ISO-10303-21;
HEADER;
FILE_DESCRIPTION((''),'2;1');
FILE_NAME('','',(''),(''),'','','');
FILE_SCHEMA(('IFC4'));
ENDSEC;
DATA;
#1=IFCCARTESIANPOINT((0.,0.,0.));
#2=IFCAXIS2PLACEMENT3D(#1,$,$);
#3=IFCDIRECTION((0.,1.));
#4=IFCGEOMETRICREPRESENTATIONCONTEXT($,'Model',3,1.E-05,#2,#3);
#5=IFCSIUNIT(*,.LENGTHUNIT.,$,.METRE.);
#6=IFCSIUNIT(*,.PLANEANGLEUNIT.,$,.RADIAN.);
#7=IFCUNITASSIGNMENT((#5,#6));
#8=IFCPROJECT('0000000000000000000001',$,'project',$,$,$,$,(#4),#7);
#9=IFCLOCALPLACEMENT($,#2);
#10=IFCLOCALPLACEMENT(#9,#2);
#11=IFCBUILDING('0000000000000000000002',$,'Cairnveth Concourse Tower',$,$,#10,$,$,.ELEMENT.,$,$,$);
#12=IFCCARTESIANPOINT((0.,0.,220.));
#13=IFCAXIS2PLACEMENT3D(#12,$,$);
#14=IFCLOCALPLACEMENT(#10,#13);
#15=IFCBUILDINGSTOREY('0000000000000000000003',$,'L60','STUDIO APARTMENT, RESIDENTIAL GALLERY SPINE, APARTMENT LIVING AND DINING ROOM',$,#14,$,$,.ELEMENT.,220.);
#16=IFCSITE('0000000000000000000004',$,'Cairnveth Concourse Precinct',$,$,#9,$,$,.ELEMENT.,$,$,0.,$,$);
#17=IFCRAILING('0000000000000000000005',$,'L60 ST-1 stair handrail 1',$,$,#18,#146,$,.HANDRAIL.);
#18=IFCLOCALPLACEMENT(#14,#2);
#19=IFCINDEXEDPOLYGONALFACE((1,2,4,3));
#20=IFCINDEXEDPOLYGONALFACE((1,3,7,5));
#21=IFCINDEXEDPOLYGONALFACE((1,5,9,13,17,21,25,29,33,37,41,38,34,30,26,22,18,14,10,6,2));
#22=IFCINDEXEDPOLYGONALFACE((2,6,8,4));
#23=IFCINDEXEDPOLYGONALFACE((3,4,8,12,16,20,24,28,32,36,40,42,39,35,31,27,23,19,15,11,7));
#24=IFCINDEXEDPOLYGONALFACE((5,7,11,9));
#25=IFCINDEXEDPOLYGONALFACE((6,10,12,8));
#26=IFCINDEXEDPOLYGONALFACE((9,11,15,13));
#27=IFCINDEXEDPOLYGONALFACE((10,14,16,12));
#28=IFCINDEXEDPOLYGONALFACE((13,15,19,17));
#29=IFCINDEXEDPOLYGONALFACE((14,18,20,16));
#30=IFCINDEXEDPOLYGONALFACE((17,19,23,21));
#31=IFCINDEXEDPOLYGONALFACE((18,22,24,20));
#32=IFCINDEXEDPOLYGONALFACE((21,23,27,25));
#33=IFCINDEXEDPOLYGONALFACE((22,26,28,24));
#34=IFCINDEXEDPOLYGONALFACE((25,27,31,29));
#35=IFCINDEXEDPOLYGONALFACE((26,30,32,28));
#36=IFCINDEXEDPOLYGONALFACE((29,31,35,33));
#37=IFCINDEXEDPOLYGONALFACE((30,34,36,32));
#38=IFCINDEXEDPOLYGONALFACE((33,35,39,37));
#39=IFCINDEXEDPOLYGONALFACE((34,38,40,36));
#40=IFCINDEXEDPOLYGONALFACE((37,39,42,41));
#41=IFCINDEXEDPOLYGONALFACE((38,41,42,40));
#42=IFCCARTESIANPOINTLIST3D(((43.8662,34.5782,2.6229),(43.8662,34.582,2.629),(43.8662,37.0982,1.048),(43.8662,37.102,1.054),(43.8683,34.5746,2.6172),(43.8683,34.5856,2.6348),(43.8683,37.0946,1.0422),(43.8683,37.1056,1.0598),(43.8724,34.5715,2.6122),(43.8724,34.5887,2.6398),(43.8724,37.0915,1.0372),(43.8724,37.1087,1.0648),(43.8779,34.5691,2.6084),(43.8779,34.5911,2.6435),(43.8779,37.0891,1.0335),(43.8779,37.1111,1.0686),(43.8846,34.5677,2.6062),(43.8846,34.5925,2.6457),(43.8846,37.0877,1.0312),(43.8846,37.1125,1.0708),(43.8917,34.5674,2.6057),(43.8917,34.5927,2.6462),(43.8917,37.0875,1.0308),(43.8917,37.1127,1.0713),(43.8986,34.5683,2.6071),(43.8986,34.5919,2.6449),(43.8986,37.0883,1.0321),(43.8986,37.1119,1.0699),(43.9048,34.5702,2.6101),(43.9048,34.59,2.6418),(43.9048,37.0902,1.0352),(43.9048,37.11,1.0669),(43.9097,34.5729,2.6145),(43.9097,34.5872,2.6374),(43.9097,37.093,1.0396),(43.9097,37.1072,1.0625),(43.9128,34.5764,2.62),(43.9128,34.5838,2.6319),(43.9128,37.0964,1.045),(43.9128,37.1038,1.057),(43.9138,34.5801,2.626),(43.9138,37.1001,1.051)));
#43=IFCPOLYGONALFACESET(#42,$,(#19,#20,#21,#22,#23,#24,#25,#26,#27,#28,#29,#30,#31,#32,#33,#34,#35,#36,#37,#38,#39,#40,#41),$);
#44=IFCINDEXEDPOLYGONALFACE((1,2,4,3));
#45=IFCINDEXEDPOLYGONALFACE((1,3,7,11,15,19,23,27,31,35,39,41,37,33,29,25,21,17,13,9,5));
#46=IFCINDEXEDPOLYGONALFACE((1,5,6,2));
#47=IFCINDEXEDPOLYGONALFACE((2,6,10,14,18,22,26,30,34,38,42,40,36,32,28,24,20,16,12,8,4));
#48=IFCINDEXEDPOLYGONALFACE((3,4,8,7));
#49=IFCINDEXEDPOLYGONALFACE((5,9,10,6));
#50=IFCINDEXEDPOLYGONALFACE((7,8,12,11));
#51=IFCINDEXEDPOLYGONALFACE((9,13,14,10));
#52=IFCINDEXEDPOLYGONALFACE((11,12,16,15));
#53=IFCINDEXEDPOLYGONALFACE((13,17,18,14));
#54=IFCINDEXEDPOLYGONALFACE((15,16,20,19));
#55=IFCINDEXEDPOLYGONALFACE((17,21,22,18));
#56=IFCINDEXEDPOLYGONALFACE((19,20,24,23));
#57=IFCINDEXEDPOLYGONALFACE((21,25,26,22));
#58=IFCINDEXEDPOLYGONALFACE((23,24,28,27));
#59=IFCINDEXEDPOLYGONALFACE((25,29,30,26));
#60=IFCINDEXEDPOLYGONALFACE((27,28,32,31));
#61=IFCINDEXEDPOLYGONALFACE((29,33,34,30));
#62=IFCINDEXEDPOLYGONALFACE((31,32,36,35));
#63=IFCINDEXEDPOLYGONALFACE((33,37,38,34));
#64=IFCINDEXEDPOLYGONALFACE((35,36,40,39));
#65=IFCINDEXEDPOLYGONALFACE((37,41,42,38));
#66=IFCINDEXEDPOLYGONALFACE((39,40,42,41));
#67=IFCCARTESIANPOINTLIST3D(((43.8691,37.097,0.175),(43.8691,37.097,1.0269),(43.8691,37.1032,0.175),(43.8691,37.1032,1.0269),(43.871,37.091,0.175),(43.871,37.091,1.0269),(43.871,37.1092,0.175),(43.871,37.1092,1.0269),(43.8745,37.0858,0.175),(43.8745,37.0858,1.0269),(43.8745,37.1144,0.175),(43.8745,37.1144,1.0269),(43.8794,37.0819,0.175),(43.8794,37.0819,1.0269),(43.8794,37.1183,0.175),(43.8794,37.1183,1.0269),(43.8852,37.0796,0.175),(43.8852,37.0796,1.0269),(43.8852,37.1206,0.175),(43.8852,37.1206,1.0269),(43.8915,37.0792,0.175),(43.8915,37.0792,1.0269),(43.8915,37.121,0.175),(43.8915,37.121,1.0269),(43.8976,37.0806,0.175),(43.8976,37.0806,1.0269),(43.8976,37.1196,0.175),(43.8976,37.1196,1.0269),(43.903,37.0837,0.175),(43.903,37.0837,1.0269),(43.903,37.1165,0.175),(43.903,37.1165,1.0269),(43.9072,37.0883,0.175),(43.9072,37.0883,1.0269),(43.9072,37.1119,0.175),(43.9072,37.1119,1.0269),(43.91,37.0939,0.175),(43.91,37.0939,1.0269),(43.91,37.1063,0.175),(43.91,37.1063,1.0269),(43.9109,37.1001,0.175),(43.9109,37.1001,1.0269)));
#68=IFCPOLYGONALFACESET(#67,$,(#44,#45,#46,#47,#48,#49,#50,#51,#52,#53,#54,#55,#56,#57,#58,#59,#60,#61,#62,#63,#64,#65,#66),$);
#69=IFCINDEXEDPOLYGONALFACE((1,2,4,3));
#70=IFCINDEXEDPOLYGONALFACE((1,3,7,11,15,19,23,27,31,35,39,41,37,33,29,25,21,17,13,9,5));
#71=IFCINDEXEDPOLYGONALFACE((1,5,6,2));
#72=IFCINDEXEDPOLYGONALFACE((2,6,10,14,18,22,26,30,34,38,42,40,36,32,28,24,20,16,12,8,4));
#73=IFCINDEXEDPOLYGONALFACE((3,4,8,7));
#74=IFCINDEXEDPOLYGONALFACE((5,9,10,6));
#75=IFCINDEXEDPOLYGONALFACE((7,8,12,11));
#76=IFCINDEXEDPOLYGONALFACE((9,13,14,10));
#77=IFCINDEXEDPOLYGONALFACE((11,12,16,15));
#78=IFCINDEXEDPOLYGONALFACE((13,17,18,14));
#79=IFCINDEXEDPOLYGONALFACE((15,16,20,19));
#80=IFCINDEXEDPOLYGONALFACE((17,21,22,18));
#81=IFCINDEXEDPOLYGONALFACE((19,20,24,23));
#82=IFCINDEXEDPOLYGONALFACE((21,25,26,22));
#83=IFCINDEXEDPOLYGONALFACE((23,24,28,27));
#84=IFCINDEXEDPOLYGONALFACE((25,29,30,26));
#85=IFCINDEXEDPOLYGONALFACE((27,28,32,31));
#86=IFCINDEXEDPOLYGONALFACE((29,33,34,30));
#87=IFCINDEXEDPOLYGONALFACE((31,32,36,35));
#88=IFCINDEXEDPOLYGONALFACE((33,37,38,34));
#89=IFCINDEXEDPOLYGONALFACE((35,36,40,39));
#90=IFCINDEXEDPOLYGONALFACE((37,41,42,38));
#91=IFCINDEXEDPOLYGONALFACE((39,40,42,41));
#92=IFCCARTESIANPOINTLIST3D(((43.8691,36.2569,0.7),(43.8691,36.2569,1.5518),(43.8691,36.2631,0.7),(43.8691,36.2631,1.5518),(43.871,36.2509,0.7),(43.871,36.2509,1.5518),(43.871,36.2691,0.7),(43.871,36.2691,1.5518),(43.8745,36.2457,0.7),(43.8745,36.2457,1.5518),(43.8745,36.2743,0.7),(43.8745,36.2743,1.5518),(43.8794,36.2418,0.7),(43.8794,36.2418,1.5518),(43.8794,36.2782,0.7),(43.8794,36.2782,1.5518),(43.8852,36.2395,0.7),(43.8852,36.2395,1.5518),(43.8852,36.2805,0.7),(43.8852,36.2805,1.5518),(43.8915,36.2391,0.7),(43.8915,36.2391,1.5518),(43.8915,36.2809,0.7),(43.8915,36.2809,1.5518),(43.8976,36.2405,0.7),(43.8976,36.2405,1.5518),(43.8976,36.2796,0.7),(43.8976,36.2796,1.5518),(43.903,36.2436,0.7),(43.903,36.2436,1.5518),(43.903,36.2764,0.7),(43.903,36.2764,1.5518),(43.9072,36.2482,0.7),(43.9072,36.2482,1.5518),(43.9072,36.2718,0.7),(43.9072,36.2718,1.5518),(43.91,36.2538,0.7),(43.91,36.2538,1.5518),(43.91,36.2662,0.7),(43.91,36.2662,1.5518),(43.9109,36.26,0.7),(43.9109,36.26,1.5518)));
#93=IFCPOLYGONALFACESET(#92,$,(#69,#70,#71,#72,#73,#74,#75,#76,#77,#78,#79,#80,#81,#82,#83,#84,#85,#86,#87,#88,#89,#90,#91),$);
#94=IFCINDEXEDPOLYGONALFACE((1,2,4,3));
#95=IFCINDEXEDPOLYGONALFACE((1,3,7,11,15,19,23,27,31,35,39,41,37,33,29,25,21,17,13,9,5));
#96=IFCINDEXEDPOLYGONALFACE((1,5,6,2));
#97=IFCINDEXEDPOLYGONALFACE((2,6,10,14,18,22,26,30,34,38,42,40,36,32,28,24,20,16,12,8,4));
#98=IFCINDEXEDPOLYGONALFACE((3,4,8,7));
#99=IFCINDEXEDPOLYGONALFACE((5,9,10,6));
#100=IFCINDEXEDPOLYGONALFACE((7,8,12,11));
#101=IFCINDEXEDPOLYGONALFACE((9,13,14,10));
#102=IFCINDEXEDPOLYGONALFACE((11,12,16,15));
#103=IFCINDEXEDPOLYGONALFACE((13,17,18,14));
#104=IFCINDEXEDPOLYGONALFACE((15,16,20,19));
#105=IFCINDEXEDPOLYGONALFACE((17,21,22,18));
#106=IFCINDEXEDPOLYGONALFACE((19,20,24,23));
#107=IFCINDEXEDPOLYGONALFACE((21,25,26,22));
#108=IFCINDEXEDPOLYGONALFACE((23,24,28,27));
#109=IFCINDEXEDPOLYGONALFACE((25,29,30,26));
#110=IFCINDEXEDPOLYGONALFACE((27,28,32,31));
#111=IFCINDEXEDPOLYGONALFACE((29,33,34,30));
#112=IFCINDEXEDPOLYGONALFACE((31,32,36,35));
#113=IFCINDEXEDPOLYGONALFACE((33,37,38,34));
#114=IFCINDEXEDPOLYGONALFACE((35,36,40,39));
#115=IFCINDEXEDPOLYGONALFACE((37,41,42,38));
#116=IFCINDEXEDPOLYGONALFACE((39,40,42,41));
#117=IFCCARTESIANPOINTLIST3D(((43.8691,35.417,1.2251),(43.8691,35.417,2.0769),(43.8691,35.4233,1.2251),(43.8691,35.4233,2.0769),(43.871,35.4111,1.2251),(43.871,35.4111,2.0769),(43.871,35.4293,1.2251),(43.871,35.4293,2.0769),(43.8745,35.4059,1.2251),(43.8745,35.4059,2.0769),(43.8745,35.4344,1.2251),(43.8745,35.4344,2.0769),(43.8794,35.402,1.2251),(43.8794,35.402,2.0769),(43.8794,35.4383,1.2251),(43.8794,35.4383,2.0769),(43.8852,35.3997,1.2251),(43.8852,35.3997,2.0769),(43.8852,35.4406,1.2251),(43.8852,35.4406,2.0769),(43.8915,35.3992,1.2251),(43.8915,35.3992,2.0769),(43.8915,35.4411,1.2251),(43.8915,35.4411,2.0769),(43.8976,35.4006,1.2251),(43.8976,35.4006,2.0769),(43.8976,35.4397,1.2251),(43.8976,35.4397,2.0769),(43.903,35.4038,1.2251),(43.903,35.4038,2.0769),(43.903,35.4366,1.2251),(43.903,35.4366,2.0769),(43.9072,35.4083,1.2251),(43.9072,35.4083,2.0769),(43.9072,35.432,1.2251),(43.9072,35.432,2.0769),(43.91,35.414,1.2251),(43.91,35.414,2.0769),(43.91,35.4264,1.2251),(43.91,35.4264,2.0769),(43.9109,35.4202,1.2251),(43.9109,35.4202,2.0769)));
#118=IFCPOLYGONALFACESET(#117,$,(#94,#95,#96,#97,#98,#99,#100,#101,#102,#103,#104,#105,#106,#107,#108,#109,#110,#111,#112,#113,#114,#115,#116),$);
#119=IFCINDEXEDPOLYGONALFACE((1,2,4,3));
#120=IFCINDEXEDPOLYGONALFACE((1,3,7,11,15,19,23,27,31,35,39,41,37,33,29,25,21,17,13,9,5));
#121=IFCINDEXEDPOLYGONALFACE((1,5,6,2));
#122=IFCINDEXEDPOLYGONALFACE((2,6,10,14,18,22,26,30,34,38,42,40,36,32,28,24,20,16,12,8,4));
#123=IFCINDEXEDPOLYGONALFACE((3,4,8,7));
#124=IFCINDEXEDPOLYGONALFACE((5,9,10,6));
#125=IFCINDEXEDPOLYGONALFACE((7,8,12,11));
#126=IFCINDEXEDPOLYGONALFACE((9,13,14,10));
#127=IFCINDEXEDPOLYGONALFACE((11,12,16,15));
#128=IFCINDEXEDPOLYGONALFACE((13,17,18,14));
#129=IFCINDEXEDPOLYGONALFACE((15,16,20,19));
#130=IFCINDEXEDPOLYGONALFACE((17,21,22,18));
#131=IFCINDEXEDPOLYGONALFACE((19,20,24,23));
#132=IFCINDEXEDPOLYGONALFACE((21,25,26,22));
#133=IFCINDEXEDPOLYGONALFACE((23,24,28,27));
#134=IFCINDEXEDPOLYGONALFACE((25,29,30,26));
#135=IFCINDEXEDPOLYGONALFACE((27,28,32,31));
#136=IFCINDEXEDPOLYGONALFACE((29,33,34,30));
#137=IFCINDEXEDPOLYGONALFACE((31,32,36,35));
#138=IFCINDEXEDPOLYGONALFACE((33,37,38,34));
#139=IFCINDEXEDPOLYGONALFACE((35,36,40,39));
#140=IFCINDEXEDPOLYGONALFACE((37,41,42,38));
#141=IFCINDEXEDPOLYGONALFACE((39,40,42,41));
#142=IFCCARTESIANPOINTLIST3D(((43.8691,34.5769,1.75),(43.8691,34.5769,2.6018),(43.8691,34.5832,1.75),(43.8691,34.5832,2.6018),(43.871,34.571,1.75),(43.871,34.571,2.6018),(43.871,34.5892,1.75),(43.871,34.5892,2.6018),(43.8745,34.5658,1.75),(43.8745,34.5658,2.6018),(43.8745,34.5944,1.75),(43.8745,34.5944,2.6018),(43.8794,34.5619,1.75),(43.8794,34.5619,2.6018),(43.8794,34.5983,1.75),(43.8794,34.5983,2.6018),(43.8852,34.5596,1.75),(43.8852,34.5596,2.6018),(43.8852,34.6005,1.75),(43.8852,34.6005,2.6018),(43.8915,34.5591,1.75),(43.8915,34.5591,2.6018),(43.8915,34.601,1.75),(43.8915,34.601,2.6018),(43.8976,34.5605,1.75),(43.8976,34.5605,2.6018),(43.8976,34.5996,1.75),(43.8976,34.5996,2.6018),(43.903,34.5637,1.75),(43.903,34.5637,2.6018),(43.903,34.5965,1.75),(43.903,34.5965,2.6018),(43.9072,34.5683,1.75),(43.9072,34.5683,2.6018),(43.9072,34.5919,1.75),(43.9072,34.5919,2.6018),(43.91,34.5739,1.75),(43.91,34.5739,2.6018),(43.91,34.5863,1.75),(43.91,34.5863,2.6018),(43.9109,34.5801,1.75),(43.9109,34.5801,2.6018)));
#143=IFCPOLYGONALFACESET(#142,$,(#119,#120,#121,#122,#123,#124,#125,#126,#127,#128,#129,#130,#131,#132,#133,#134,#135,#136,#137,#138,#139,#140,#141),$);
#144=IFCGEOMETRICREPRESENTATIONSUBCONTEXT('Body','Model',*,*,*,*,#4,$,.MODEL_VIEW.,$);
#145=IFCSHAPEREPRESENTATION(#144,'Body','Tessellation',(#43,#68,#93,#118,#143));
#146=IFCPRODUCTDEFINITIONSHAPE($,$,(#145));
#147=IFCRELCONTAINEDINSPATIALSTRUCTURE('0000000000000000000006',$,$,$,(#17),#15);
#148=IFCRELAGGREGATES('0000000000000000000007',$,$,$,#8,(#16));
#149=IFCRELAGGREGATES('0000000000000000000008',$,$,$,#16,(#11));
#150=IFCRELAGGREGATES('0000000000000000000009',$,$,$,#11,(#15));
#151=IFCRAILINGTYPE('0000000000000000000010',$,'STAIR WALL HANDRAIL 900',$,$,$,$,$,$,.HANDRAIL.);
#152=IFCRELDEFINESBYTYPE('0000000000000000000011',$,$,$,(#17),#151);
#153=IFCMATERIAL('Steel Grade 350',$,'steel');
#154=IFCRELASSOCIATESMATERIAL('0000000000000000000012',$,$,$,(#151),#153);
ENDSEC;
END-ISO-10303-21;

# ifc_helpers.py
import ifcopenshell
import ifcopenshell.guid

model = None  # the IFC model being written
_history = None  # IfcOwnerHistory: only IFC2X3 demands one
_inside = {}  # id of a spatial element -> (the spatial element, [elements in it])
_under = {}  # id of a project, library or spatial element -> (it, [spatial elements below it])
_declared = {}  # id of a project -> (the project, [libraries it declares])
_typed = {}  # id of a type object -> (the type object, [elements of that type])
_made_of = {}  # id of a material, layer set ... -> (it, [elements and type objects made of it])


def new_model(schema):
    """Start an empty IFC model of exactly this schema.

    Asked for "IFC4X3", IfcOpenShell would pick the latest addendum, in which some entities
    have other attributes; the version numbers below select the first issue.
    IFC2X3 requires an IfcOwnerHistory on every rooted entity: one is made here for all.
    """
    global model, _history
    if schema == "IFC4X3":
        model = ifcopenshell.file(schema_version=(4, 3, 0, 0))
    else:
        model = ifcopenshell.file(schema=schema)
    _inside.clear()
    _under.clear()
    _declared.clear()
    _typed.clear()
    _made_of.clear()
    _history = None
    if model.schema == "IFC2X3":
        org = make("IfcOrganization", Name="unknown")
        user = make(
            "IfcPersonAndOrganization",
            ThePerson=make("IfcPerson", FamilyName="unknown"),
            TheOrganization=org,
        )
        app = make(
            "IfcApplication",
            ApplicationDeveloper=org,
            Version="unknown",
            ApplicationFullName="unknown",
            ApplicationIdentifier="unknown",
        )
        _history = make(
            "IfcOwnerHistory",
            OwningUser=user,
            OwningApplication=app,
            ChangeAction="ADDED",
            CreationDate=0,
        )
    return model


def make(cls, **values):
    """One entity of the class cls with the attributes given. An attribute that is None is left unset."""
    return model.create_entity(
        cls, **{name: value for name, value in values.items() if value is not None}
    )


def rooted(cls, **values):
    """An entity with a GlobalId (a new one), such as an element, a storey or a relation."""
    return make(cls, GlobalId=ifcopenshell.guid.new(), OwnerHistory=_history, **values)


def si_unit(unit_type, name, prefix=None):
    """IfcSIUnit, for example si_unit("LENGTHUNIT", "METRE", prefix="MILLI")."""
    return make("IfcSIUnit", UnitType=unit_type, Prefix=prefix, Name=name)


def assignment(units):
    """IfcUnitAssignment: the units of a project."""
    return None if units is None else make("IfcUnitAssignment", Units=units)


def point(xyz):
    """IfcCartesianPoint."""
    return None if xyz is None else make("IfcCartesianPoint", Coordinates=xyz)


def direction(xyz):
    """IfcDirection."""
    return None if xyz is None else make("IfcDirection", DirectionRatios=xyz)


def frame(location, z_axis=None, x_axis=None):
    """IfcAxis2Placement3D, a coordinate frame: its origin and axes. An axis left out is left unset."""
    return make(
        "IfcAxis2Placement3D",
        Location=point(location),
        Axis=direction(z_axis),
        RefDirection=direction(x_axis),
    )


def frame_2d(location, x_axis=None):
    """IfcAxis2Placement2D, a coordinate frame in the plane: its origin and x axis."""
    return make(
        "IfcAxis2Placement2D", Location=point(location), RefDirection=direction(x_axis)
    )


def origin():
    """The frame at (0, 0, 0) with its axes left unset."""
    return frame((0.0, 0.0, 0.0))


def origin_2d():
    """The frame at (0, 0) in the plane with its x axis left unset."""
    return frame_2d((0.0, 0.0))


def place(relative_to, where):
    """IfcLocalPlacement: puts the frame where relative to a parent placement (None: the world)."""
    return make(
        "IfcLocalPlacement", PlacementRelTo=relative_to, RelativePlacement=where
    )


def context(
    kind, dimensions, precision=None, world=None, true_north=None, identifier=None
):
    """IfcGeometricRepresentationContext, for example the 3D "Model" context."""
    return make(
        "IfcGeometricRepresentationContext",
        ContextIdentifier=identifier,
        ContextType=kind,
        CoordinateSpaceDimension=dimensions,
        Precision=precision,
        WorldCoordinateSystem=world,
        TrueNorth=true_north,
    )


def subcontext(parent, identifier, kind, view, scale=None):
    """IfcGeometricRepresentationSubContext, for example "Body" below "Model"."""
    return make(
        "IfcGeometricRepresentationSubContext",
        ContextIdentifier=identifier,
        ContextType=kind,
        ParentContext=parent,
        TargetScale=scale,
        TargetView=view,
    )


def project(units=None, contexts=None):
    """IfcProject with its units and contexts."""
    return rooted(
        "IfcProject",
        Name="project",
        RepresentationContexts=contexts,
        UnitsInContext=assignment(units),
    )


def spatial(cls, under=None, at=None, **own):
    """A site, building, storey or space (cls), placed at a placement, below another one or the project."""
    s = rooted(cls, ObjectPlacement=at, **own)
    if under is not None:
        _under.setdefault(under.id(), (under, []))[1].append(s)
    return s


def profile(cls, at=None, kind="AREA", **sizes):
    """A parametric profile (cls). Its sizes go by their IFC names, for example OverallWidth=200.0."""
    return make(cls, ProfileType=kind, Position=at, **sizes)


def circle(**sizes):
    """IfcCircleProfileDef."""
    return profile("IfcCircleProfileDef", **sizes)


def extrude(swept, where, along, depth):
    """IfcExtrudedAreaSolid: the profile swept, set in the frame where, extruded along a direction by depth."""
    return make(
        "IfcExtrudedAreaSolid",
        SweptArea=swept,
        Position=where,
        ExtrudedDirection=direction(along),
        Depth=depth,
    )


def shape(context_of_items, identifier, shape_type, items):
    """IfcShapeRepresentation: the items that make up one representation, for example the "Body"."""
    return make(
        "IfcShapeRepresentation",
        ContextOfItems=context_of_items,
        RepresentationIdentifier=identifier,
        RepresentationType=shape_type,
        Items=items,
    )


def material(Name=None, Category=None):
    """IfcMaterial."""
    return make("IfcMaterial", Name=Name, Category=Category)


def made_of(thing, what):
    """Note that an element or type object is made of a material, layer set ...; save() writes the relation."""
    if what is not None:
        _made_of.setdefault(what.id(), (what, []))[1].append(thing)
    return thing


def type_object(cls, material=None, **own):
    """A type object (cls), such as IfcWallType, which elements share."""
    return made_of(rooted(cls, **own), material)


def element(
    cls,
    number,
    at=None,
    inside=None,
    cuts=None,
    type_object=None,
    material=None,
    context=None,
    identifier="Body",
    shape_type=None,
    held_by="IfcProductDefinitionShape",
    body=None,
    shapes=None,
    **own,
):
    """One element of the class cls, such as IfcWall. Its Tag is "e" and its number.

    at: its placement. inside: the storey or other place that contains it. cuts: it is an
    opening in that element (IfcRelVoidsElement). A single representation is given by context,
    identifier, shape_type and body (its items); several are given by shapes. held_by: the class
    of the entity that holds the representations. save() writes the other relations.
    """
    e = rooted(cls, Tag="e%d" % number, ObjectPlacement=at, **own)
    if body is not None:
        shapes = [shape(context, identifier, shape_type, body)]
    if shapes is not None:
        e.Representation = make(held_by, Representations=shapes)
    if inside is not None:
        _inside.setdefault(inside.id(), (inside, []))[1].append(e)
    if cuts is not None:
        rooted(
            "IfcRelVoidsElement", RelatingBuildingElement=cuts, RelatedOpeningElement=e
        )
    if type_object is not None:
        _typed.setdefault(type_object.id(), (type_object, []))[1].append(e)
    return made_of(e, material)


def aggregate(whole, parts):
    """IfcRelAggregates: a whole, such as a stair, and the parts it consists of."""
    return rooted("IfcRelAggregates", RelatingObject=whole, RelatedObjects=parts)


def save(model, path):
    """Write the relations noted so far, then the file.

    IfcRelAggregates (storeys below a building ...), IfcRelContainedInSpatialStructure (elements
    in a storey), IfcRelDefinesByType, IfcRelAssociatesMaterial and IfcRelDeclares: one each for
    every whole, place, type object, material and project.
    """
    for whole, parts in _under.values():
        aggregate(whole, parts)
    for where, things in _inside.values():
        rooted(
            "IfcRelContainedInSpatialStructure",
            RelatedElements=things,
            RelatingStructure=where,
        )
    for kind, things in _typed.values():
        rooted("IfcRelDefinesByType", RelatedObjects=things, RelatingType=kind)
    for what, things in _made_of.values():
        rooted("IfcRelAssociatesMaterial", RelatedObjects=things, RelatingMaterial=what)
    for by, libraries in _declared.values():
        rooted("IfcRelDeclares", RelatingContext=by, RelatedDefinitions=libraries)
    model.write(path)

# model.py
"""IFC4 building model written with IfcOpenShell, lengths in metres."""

from ifc_helpers import new_model, si_unit, direction, frame, origin, origin_2d, place, context, subcontext, project, spatial, circle, extrude, material, type_object, element, save


model = new_model("IFC4")

# Units and contexts
model_context = context("Model", 3, precision=1e-05, world=origin(), true_north=direction((0.0, 1.0)))
body_context = subcontext(model_context, "Body", "Model", "MODEL_VIEW")
ifc_project = project(units=[si_unit("LENGTHUNIT", "METRE"), si_unit("PLANEANGLEUNIT", "RADIAN")], contexts=[model_context])

# Site, building, storey
site_placement = place(None, origin())
site = spatial("IfcSite", under=ifc_project, at=site_placement, Name="Cairnveth Concourse Precinct", CompositionType="ELEMENT", RefElevation=0.0)
building_placement = place(site_placement, origin())
building = spatial("IfcBuilding", under=site, at=building_placement, Name="Cairnveth Concourse Tower", CompositionType="ELEMENT")
storey_placement = place(building_placement, frame((0.0, 0.0, 220.0)))
storey = spatial("IfcBuildingStorey", under=building, at=storey_placement, Name="L60", Description="STUDIO APARTMENT, RESIDENTIAL GALLERY SPINE, APARTMENT LIVING AND DINING ROOM", CompositionType="ELEMENT", Elevation=220.0)

# Shared definitions
ifc_material_1 = material(Name="Steel Grade 350", Category="steel")

# Railing
railing_type_1 = type_object("IfcRailingType", Name="STAIR WALL HANDRAIL 900", PredefinedType="HANDRAIL", material=ifc_material_1)
railing_1_placement = place(storey_placement, frame((43.8899, 37.1001, 0.175)))
element("IfcRailing", 1, at=railing_1_placement, inside=storey, type_object=railing_type_1, Name="L60 ST-1 stair handrail 1", PredefinedType="HANDRAIL", context=body_context, shape_type="SweptSolid", body=[
    extrude(circle(Radius=0.0239, at=origin_2d()), frame((0.0, 0.0, 0.876), z_axis=(0.0, -0.848008, 0.529984), x_axis=(1.0, 0.0, 0.0)), (0.0, 0.0, 1.0), 2.9717),
    extrude(circle(Radius=0.021, at=origin_2d()), origin(), (0.0, 0.0, 1.0), 0.8518),
    extrude(circle(Radius=0.021, at=origin_2d()), frame((0.0, -0.8401, 0.5249)), (0.0, 0.0, 1.0), 0.8518),
    extrude(circle(Radius=0.021, at=origin_2d()), frame((0.0, -1.6799, 1.05)), (0.0, 0.0, 1.0), 0.8518),
    extrude(circle(Radius=0.021, at=origin_2d()), frame((0.0, -2.52, 1.575)), (0.0, 0.0, 1.0), 0.8518),
])

save(model, "model.ifc")
